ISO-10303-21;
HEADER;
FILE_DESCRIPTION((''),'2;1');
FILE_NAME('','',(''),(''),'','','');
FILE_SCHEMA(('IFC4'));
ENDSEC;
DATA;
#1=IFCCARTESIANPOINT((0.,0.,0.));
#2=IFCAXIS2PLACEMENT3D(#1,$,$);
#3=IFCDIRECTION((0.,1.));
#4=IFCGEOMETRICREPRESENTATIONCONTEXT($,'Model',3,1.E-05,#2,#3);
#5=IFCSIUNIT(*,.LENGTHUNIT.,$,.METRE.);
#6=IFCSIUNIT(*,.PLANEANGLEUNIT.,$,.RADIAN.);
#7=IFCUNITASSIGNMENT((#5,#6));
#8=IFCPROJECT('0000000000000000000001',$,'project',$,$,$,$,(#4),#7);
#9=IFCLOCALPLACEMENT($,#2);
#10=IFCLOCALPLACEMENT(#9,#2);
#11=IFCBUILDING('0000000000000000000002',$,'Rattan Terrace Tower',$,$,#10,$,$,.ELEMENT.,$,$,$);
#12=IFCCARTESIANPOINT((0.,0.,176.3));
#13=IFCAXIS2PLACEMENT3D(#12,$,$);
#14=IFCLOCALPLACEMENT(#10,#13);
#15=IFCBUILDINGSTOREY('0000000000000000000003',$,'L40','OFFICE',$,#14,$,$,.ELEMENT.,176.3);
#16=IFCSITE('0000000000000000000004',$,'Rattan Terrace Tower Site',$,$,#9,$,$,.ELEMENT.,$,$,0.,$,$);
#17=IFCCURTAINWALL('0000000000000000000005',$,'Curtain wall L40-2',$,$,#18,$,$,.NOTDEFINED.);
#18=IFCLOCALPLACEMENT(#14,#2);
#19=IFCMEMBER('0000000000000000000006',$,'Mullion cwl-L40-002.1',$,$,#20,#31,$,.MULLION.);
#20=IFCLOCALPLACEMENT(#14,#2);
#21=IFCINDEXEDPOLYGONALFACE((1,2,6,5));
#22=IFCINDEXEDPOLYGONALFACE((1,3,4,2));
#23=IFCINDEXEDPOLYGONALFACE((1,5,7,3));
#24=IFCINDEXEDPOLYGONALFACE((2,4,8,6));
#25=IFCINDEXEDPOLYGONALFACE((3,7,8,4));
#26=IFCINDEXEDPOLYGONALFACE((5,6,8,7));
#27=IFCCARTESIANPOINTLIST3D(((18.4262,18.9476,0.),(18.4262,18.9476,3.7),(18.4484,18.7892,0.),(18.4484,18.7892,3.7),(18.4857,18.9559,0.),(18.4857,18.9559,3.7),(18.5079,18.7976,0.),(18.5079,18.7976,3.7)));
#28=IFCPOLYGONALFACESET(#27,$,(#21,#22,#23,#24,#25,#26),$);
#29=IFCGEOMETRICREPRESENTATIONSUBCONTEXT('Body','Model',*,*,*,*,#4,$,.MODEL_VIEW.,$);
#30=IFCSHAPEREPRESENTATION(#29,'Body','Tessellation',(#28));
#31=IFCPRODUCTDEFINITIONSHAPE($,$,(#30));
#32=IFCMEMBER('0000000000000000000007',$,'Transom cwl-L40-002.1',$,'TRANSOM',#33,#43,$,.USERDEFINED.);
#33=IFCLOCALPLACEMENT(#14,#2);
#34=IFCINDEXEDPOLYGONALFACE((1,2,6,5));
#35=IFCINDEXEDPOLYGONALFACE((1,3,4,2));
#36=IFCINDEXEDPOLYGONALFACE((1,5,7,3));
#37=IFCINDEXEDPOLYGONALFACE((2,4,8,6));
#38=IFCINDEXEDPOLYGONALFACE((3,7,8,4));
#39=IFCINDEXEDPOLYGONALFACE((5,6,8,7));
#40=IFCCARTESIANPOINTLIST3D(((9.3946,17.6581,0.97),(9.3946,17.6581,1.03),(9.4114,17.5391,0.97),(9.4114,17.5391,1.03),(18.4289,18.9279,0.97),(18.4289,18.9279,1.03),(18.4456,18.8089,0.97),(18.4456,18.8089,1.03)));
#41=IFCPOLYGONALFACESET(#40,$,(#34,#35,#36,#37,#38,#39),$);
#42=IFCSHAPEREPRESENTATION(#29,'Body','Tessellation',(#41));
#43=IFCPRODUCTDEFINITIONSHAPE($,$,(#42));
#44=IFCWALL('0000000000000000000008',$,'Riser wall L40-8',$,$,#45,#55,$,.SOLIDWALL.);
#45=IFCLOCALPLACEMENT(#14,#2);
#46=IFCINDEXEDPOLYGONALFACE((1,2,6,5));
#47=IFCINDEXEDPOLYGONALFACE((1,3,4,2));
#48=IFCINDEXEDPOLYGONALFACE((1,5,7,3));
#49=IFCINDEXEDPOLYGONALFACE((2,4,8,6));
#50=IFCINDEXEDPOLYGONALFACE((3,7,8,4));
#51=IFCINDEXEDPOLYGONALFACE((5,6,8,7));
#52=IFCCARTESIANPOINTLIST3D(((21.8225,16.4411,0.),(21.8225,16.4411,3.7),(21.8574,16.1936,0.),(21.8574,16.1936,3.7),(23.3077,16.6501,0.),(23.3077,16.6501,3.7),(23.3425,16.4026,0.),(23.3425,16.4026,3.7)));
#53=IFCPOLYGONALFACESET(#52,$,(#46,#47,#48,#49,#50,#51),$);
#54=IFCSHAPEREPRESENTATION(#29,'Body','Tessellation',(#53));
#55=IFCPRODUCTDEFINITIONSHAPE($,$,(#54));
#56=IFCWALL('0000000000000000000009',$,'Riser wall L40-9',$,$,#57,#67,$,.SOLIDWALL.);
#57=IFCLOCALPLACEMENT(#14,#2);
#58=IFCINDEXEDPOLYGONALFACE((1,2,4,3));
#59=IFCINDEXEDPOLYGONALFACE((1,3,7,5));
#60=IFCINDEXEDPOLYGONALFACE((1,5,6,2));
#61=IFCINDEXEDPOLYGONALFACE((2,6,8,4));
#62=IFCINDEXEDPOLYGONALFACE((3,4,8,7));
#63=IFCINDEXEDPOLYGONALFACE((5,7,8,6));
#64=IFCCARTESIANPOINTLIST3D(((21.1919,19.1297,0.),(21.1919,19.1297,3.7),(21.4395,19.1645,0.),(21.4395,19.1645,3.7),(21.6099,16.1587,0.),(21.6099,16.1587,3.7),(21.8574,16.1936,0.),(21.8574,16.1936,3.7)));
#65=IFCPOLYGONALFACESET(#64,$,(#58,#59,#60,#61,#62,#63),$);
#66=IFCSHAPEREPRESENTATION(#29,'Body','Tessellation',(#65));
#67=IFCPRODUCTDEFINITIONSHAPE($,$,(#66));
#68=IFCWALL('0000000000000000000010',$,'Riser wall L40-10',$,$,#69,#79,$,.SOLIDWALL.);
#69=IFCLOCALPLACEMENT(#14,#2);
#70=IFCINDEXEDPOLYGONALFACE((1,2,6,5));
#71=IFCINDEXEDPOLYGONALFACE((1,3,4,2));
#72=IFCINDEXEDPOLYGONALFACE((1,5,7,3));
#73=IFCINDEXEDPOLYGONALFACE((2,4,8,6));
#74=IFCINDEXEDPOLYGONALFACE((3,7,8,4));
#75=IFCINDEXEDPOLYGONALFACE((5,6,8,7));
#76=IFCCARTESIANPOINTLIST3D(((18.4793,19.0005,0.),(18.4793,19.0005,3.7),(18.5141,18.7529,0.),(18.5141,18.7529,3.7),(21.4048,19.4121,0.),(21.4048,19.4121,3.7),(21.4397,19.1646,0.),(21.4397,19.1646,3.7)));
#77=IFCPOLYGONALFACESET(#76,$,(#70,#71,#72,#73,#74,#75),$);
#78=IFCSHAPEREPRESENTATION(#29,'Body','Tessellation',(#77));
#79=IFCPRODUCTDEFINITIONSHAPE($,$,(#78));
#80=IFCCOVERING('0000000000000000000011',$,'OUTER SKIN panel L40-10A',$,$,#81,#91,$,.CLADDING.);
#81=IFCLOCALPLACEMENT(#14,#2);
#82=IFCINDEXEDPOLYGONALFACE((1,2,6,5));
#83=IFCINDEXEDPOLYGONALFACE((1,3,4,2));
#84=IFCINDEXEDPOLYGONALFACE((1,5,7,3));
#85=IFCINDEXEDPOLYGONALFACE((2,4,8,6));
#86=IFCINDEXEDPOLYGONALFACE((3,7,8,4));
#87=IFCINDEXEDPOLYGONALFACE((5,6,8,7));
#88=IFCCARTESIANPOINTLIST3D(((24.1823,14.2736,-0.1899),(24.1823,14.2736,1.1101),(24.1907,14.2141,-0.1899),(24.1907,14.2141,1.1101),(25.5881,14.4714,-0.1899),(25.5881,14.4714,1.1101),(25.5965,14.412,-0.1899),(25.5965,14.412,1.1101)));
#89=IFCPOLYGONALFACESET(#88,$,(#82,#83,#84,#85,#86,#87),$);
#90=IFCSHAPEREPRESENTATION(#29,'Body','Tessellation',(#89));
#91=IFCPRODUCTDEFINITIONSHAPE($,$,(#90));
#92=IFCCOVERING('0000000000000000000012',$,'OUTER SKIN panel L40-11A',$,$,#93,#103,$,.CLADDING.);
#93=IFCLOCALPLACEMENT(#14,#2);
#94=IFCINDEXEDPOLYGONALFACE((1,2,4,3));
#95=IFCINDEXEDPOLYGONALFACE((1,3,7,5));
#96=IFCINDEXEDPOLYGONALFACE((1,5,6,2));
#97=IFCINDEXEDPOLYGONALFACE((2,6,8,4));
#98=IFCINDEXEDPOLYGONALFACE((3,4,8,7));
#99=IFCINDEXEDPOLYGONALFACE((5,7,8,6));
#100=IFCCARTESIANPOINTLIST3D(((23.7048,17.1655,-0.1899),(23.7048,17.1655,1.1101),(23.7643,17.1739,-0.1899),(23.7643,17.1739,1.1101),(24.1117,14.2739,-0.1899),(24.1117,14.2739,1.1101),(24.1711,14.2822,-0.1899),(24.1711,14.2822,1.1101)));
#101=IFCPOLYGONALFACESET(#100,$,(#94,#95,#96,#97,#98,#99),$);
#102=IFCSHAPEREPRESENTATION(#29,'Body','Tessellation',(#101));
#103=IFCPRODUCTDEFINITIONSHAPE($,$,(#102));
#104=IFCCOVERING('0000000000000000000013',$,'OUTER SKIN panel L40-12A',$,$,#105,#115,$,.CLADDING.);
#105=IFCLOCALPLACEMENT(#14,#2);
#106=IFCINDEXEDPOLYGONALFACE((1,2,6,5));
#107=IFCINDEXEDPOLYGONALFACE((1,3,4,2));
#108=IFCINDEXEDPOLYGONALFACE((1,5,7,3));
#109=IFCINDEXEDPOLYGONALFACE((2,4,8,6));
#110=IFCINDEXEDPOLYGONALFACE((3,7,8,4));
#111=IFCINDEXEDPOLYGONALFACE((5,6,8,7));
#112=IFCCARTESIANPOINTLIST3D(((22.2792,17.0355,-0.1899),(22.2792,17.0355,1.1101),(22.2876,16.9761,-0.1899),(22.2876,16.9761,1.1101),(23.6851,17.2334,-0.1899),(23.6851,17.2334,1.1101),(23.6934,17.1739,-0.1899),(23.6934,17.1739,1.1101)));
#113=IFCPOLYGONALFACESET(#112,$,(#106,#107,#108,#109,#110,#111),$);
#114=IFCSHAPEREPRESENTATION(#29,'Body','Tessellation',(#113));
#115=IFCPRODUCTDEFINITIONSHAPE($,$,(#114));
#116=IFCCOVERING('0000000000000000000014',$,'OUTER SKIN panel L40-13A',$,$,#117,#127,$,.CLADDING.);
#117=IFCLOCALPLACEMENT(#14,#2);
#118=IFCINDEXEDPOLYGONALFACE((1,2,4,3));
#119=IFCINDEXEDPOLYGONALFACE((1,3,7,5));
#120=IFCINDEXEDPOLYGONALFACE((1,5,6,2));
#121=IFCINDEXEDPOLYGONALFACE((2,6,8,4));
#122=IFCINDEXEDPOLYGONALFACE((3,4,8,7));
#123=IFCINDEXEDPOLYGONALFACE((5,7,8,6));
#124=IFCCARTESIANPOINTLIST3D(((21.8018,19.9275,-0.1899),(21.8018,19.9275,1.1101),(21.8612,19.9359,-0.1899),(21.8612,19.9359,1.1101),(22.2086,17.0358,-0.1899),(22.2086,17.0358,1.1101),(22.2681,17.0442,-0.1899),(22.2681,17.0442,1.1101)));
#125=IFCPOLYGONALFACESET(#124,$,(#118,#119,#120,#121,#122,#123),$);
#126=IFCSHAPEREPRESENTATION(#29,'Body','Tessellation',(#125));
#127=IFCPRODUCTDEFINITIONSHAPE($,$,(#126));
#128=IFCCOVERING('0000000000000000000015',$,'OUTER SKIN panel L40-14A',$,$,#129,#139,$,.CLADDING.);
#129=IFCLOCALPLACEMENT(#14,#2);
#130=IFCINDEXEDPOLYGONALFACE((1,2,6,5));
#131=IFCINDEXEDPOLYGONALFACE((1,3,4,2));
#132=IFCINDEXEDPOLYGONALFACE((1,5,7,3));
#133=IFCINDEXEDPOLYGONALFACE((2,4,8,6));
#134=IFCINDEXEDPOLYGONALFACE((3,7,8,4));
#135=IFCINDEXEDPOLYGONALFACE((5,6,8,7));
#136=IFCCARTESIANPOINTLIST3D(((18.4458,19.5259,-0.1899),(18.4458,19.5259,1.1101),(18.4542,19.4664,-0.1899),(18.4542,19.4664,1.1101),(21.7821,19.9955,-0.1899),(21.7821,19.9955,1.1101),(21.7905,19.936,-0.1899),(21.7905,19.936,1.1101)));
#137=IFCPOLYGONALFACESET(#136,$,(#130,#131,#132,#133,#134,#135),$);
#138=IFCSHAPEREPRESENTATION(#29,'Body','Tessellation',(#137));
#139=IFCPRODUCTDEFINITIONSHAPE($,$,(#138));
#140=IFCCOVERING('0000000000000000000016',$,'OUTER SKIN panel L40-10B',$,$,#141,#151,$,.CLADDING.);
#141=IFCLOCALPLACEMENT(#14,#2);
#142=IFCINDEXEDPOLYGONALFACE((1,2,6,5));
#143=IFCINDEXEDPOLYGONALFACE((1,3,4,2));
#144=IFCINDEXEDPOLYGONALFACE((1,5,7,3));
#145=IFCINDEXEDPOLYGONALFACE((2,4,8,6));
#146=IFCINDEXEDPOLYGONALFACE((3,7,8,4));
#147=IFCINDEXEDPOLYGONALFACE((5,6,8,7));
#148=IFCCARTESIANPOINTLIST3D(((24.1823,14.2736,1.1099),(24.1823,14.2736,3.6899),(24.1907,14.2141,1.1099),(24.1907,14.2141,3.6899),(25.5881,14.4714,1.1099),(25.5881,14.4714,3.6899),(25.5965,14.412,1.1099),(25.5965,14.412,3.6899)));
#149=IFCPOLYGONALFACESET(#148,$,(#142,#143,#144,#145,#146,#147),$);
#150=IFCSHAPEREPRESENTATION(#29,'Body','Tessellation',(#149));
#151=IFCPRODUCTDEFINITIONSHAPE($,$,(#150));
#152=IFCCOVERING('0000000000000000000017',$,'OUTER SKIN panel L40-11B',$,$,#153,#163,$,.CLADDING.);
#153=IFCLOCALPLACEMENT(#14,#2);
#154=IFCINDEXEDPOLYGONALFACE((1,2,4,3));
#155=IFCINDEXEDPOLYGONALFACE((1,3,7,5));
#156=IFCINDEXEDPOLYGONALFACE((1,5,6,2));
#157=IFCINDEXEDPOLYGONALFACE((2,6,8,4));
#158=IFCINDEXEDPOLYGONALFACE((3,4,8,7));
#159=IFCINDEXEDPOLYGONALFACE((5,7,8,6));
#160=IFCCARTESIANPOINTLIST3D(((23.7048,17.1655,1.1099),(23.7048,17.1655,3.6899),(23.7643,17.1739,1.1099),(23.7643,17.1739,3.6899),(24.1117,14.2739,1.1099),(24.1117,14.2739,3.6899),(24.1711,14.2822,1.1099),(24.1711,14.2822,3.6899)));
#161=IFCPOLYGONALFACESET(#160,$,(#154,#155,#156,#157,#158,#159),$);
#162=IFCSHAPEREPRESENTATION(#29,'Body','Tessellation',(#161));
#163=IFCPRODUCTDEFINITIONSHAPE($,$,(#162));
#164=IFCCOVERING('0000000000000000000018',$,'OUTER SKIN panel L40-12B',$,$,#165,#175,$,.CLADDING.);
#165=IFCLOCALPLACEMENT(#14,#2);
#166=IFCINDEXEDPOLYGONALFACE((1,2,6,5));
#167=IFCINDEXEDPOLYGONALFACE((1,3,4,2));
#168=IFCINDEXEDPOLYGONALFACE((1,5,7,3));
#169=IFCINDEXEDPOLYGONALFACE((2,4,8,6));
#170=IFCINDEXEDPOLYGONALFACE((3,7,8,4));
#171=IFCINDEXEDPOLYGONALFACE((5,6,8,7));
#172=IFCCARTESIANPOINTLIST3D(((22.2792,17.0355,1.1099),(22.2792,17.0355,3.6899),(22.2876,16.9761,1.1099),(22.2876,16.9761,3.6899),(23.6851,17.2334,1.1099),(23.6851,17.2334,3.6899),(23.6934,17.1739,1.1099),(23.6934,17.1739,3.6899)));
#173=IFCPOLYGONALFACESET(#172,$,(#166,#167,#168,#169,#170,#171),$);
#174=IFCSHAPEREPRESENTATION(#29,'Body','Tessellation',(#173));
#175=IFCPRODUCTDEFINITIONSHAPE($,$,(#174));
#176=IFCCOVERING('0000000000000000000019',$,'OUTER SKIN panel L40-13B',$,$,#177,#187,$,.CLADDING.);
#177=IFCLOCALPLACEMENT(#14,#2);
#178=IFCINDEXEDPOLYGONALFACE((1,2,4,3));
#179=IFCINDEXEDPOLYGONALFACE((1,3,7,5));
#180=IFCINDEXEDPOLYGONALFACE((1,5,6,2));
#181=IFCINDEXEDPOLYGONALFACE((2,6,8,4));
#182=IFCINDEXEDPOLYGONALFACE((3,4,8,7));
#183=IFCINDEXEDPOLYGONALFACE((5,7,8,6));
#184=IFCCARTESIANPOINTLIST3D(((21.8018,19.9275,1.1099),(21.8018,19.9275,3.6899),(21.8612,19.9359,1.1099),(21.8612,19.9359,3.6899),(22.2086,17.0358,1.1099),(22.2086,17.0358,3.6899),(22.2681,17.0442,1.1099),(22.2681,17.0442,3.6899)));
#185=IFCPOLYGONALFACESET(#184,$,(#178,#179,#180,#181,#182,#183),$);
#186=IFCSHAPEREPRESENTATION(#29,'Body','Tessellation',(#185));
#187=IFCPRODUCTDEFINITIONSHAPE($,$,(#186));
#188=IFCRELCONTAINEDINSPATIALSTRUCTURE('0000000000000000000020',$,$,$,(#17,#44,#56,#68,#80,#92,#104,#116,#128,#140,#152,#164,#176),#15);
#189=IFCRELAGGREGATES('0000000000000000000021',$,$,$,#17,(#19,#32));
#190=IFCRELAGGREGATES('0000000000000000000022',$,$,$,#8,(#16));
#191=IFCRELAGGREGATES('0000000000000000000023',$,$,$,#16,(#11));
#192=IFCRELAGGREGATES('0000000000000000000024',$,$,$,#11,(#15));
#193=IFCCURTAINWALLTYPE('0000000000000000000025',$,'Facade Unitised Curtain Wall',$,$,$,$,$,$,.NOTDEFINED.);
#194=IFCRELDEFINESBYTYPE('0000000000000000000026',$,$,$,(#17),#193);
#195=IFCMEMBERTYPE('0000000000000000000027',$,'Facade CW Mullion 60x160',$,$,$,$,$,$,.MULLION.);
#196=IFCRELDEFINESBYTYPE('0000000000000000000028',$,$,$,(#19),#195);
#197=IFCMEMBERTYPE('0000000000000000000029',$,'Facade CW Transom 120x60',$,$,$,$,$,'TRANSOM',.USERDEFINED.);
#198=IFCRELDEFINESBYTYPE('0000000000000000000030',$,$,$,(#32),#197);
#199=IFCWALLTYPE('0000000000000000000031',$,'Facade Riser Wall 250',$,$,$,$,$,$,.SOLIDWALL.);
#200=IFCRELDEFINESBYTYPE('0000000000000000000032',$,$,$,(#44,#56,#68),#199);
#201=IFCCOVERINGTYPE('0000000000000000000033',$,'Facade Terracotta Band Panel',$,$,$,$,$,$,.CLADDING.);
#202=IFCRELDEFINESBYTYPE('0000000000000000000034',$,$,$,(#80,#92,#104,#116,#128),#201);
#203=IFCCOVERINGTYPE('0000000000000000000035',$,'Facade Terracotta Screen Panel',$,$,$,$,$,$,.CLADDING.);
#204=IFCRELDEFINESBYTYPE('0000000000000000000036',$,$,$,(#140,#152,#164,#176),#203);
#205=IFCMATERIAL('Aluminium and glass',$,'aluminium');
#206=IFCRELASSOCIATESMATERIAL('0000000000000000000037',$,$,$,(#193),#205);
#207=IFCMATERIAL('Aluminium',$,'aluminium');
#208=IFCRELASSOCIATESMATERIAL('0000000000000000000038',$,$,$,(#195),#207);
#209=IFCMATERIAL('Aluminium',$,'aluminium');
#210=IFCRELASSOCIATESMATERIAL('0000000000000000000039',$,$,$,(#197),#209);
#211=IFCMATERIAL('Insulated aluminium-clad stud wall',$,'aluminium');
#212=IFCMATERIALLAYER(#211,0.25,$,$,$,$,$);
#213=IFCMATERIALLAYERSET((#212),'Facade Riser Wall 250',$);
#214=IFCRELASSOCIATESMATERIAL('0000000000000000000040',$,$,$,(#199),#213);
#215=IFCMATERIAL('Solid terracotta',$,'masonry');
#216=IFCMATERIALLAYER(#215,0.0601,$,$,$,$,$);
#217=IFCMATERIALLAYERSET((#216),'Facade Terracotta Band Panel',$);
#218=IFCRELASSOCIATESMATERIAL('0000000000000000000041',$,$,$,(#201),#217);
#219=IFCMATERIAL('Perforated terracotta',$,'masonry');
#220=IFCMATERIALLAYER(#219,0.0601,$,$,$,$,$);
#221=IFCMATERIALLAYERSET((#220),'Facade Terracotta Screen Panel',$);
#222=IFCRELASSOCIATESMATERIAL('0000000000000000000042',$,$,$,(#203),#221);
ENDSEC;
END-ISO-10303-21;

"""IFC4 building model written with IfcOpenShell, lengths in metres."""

from ifc_helpers import new_model, si_unit, direction, frame, frame_2d, origin, origin_2d, place, context, subcontext, project, spatial, rectangle, extrude, material, layer, layer_set, material_profile, profile_set, type_object, element, aggregate, save


model = new_model("IFC4")

# Units and contexts
model_context = context("Model", 3, precision=1e-05, world=origin(), true_north=direction((0.0, 1.0)))
body_context = subcontext(model_context, "Body", "Model", "MODEL_VIEW")
ifc_project = project(units=[si_unit("LENGTHUNIT", "METRE"), si_unit("PLANEANGLEUNIT", "RADIAN")], contexts=[model_context])

# Site, building, storey
site_placement = place(None, origin())
site = spatial("IfcSite", under=ifc_project, at=site_placement, Name="Rattan Terrace Tower Site", CompositionType="ELEMENT", RefElevation=0.0)
building_placement = place(site_placement, origin())
building = spatial("IfcBuilding", under=site, at=building_placement, Name="Rattan Terrace Tower", CompositionType="ELEMENT")
storey_placement = place(building_placement, frame((0.0, 0.0, 176.3)))
storey = spatial("IfcBuildingStorey", under=building, at=storey_placement, Name="L40", Description="OFFICE", CompositionType="ELEMENT", Elevation=176.3)

# Curtain wall, members
ifc_material_1 = material(Name="Aluminium and glass", Category="aluminium")
curtain_wall_type = type_object("IfcCurtainWallType", Name="Facade Unitised Curtain Wall", PredefinedType="NOTDEFINED", material=ifc_material_1)
curtain_wall_placement = place(storey_placement, origin())
curtain_wall = element("IfcCurtainWall", 1, at=curtain_wall_placement, inside=storey, type_object=curtain_wall_type, Name="Curtain wall L40-2", PredefinedType="NOTDEFINED")
ifc_material_2 = material(Name="Aluminium", Category="aluminium")
ifc_material_profile_1 = material_profile(ifc_material_2, rectangle(XDim=0.0601, YDim=0.1599, at=origin_2d()), Name="Aluminium 60x160")
ifc_profile_set_1 = profile_set([ifc_material_profile_1], Name="Aluminium")
member_type_1 = type_object("IfcMemberType", Name="Facade CW Mullion 60x160", PredefinedType="MULLION", material=ifc_profile_set_1)
member_1_placement = place(storey_placement, frame((18.467, 18.8726, 0.0), z_axis=(0.0, 0.0, 1.0), x_axis=(-0.99027, -0.139161, 0.0)))
member_1 = element("IfcMember", 2, at=member_1_placement, type_object=member_type_1, Name="Mullion cwl-L40-002.1", PredefinedType="MULLION", context=body_context, shape_type="SweptSolid", body=[
    extrude(rectangle(XDim=0.0601, YDim=0.1599, at=origin_2d()), origin(), (0.0, 0.0, 1.0), 3.7),
])
ifc_material_3 = material(Name="Aluminium", Category="aluminium")
ifc_material_profile_2 = material_profile(ifc_material_3, rectangle(XDim=0.1201, YDim=0.0601, at=origin_2d()), Name="Aluminium 120x60")
ifc_profile_set_2 = profile_set([ifc_material_profile_2], Name="Aluminium")
member_type_2 = type_object("IfcMemberType", Name="Facade CW Transom 120x60", ElementType="TRANSOM", PredefinedType="USERDEFINED", material=ifc_profile_set_2)
member_2_placement = place(storey_placement, frame((18.4373, 18.8684, 1.0), z_axis=(-0.990266, -0.139184, 0.0), x_axis=(0.139184, -0.990266, 0.0)))
member_2 = element("IfcMember", 3, at=member_2_placement, type_object=member_type_2, Name="Transom cwl-L40-002.1", ObjectType="TRANSOM", PredefinedType="USERDEFINED", context=body_context, shape_type="SweptSolid", body=[
    extrude(rectangle(XDim=0.1201, YDim=0.0601, at=origin_2d()), origin(), (0.0, 0.0, 1.0), 9.123),
])
aggregate(curtain_wall, [member_1, member_2])

# Walls
ifc_material_4 = material(Name="Insulated aluminium-clad stud wall", Category="aluminium")
ifc_layer_1 = layer(ifc_material_4, 0.25)
ifc_layer_set_1 = layer_set([ifc_layer_1], Name="Facade Riser Wall 250")
wall_type = type_object("IfcWallType", Name="Facade Riser Wall 250", PredefinedType="SOLIDWALL", material=ifc_layer_set_1)
wall_1_placement = place(storey_placement, frame((23.3252, 16.5264, 0.0), z_axis=(0.0, 0.0, 1.0), x_axis=(-0.990244, -0.139347, 0.0)))
element("IfcWall", 4, at=wall_1_placement, inside=storey, type_object=wall_type, Name="Riser wall L40-8", PredefinedType="SOLIDWALL", context=body_context, shape_type="SweptSolid", body=[
    extrude(rectangle(XDim=1.4998, YDim=0.25, at=frame_2d((0.75, 0.0))), origin(), (0.0, 0.0, 1.0), 3.7),
])
wall_2_placement = place(storey_placement, frame((21.7336, 16.1763, 0.0), z_axis=(0.0, 0.0, 1.0), x_axis=(-0.139313, 0.990248, 0.0)))
element("IfcWall", 5, at=wall_2_placement, inside=storey, type_object=wall_type, Name="Riser wall L40-9", PredefinedType="SOLIDWALL", context=body_context, shape_type="SweptSolid", body=[
    extrude(rectangle(XDim=3.0002, YDim=0.25, at=frame_2d((1.5, 0.0))), origin(), (0.0, 0.0, 1.0), 3.7),
])
wall_3_placement = place(storey_placement, frame((21.4221, 19.2883, 0.0), z_axis=(0.0, 0.0, 1.0), x_axis=(-0.990246, -0.139327, 0.0)))
element("IfcWall", 6, at=wall_3_placement, inside=storey, type_object=wall_type, Name="Riser wall L40-10", PredefinedType="SOLIDWALL", context=body_context, shape_type="SweptSolid", body=[
    extrude(rectangle(XDim=2.9543, YDim=0.25, at=frame_2d((1.4771, 0.0))), origin(), (0.0, 0.0, 1.0), 3.7),
])

# Coverings
ifc_material_5 = material(Name="Solid terracotta", Category="masonry")
ifc_layer_2 = layer(ifc_material_5, 0.0601)
ifc_layer_set_2 = layer_set([ifc_layer_2], Name="Facade Terracotta Band Panel")
covering_type_1 = type_object("IfcCoveringType", Name="Facade Terracotta Band Panel", PredefinedType="CLADDING", material=ifc_layer_set_2)
covering_1_placement = place(storey_placement, frame((24.8894, 14.3428, -0.1899), z_axis=(0.0, 0.0, 1.0), x_axis=(-0.990241, -0.139367, 0.0)))
element("IfcCovering", 7, at=covering_1_placement, inside=storey, type_object=covering_type_1, Name="OUTER SKIN panel L40-10A", PredefinedType="CLADDING", context=body_context, shape_type="SweptSolid", body=[
    extrude(rectangle(XDim=1.4197, YDim=0.0601, at=origin_2d()), origin(), (0.0, 0.0, 1.0), 1.3),
])
covering_2_placement = place(storey_placement, frame((23.938, 15.7239, -0.1899), z_axis=(0.0, 0.0, 1.0), x_axis=(-0.139321, 0.990247, 0.0)))
element("IfcCovering", 8, at=covering_2_placement, inside=storey, type_object=covering_type_1, Name="OUTER SKIN panel L40-11A", PredefinedType="CLADDING", context=body_context, shape_type="SweptSolid", body=[
    extrude(rectangle(XDim=2.9202, YDim=0.0601, at=origin_2d()), origin(), (0.0, 0.0, 1.0), 1.3),
])
covering_3_placement = place(storey_placement, frame((22.9863, 17.1047, -0.1899), z_axis=(0.0, 0.0, 1.0), x_axis=(-0.990241, -0.139367, 0.0)))
element("IfcCovering", 9, at=covering_3_placement, inside=storey, type_object=covering_type_1, Name="OUTER SKIN panel L40-12A", PredefinedType="CLADDING", context=body_context, shape_type="SweptSolid", body=[
    extrude(rectangle(XDim=1.4197, YDim=0.0601, at=origin_2d()), origin(), (0.0, 0.0, 1.0), 1.3),
])
covering_4_placement = place(storey_placement, frame((22.0349, 18.4858, -0.1899), z_axis=(0.0, 0.0, 1.0), x_axis=(-0.139321, 0.990247, 0.0)))
element("IfcCovering", 10, at=covering_4_placement, inside=storey, type_object=covering_type_1, Name="OUTER SKIN panel L40-13A", PredefinedType="CLADDING", context=body_context, shape_type="SweptSolid", body=[
    extrude(rectangle(XDim=2.9202, YDim=0.0601, at=origin_2d()), origin(), (0.0, 0.0, 1.0), 1.3),
])
covering_5_placement = place(storey_placement, frame((20.1182, 19.731, -0.1899), z_axis=(0.0, 0.0, 1.0), x_axis=(-0.990241, -0.139367, 0.0)))
element("IfcCovering", 11, at=covering_5_placement, inside=storey, type_object=covering_type_1, Name="OUTER SKIN panel L40-14A", PredefinedType="CLADDING", context=body_context, shape_type="SweptSolid", body=[
    extrude(rectangle(XDim=3.3691, YDim=0.0601, at=origin_2d()), origin(), (0.0, 0.0, 1.0), 1.3),
])
ifc_material_6 = material(Name="Perforated terracotta", Category="masonry")
ifc_layer_3 = layer(ifc_material_6, 0.0601)
ifc_layer_set_3 = layer_set([ifc_layer_3], Name="Facade Terracotta Screen Panel")
covering_type_2 = type_object("IfcCoveringType", Name="Facade Terracotta Screen Panel", PredefinedType="CLADDING", material=ifc_layer_set_3)
covering_6_placement = place(storey_placement, frame((24.8894, 14.3428, 1.1099), z_axis=(0.0, 0.0, 1.0), x_axis=(-0.990241, -0.139367, 0.0)))
element("IfcCovering", 12, at=covering_6_placement, inside=storey, type_object=covering_type_2, Name="OUTER SKIN panel L40-10B", PredefinedType="CLADDING", context=body_context, shape_type="SweptSolid", body=[
    extrude(rectangle(XDim=1.4197, YDim=0.0601, at=origin_2d()), origin(), (0.0, 0.0, 1.0), 2.5801),
])
covering_7_placement = place(storey_placement, frame((23.938, 15.7239, 1.1099), z_axis=(0.0, 0.0, 1.0), x_axis=(-0.139321, 0.990247, 0.0)))
element("IfcCovering", 13, at=covering_7_placement, inside=storey, type_object=covering_type_2, Name="OUTER SKIN panel L40-11B", PredefinedType="CLADDING", context=body_context, shape_type="SweptSolid", body=[
    extrude(rectangle(XDim=2.9202, YDim=0.0601, at=origin_2d()), origin(), (0.0, 0.0, 1.0), 2.5801),
])
covering_8_placement = place(storey_placement, frame((22.9863, 17.1047, 1.1099), z_axis=(0.0, 0.0, 1.0), x_axis=(-0.990241, -0.139367, 0.0)))
element("IfcCovering", 14, at=covering_8_placement, inside=storey, type_object=covering_type_2, Name="OUTER SKIN panel L40-12B", PredefinedType="CLADDING", context=body_context, shape_type="SweptSolid", body=[
    extrude(rectangle(XDim=1.4197, YDim=0.0601, at=origin_2d()), origin(), (0.0, 0.0, 1.0), 2.5801),
])
covering_9_placement = place(storey_placement, frame((22.0349, 18.4858, 1.1099), z_axis=(0.0, 0.0, 1.0), x_axis=(-0.139321, 0.990247, 0.0)))
element("IfcCovering", 15, at=covering_9_placement, inside=storey, type_object=covering_type_2, Name="OUTER SKIN panel L40-13B", PredefinedType="CLADDING", context=body_context, shape_type="SweptSolid", body=[
    extrude(rectangle(XDim=2.9202, YDim=0.0601, at=origin_2d()), origin(), (0.0, 0.0, 1.0), 2.5801),
])

save(model, "model.ifc")
